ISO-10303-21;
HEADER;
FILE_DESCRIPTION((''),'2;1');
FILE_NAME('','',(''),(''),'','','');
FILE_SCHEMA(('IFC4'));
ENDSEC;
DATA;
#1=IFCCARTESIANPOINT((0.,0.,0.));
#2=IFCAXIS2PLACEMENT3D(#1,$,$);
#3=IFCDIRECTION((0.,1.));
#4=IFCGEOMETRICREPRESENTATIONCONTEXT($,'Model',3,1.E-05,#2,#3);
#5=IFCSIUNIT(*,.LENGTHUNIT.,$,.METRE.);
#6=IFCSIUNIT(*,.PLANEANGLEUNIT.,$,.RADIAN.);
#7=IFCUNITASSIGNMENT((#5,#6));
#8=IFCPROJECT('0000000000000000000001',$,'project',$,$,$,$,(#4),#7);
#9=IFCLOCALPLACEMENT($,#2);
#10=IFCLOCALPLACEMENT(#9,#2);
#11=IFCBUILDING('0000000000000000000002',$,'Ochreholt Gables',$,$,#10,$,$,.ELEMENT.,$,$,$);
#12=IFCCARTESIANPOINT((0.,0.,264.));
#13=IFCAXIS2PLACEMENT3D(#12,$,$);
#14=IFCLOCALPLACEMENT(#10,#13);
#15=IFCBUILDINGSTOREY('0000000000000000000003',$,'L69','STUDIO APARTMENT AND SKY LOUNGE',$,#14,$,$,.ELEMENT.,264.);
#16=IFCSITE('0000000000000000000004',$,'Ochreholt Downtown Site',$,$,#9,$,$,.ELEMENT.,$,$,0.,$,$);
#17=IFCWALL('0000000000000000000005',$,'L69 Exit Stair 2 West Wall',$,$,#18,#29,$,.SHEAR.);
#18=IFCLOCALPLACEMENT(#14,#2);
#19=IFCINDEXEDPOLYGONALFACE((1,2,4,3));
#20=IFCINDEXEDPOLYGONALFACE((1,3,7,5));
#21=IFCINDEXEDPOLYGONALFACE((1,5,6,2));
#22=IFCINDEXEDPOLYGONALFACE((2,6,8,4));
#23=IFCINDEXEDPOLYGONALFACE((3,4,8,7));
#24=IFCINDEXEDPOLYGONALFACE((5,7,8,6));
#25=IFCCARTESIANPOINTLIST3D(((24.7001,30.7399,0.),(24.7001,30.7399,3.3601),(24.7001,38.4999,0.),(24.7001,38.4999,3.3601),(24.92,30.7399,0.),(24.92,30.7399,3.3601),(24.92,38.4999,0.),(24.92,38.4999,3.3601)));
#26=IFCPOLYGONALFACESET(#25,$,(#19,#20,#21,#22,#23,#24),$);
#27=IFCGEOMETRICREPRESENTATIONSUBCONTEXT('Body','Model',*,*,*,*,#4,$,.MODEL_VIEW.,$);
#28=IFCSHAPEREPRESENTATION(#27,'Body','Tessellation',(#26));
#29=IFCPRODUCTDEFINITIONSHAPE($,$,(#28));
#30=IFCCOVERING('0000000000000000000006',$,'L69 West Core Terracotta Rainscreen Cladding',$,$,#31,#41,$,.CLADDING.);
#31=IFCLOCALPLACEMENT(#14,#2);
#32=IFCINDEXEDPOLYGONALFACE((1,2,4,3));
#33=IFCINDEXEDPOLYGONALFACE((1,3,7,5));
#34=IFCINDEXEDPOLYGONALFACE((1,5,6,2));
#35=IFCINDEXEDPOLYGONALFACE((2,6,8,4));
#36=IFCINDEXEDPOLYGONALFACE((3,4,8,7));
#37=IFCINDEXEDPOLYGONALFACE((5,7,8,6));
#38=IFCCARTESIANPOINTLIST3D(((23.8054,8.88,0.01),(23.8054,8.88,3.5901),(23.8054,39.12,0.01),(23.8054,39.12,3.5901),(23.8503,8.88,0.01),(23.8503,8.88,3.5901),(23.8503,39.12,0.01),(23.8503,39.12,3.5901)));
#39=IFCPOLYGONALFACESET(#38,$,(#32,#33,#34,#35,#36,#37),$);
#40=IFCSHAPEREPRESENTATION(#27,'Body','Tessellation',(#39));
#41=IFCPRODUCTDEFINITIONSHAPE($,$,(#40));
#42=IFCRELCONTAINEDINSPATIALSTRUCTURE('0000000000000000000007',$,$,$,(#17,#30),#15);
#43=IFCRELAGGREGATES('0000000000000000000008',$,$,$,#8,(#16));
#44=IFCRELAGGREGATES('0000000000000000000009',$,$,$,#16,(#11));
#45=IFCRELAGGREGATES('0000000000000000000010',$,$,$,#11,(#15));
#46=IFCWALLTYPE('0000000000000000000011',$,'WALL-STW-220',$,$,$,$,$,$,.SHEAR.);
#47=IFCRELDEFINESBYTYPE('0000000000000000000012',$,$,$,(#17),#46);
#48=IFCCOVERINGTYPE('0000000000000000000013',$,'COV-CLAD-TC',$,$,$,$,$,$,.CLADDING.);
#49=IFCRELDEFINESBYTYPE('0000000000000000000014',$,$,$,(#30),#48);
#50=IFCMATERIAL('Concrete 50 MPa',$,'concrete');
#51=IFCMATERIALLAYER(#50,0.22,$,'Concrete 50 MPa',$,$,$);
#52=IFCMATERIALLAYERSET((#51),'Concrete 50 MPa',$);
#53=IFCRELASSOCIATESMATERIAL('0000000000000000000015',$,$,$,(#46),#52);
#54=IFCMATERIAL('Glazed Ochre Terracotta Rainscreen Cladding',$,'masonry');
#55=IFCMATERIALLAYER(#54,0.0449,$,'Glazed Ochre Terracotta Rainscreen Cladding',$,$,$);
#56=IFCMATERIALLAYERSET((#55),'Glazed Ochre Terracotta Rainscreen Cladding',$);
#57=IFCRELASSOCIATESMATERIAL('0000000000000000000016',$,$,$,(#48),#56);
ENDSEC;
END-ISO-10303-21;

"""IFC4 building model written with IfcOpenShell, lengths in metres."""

from ifc_helpers import new_model, si_unit, direction, frame, frame_2d, origin, origin_2d, place, context, subcontext, project, spatial, rectangle, extrude, material, layer, layer_set, type_object, element, save


model = new_model("IFC4")

# Units and contexts
model_context = context("Model", 3, precision=1e-05, world=origin(), true_north=direction((0.0, 1.0)))
body_context = subcontext(model_context, "Body", "Model", "MODEL_VIEW")
ifc_project = project(units=[si_unit("LENGTHUNIT", "METRE"), si_unit("PLANEANGLEUNIT", "RADIAN")], contexts=[model_context])

# Site, building, storey
site_placement = place(None, origin())
site = spatial("IfcSite", under=ifc_project, at=site_placement, Name="Ochreholt Downtown Site", CompositionType="ELEMENT", RefElevation=0.0)
building_placement = place(site_placement, origin())
building = spatial("IfcBuilding", under=site, at=building_placement, Name="Ochreholt Gables", CompositionType="ELEMENT")
storey_placement = place(building_placement, frame((0.0, 0.0, 264.0)))
storey = spatial("IfcBuildingStorey", under=building, at=storey_placement, Name="L69", Description="STUDIO APARTMENT AND SKY LOUNGE", CompositionType="ELEMENT", Elevation=264.0)

# Shared definitions
ifc_material_1 = material(Name="Concrete 50 MPa", Category="concrete")

# Wall
ifc_layer_1 = layer(ifc_material_1, 0.22, Name="Concrete 50 MPa")
ifc_layer_set_1 = layer_set([ifc_layer_1], Name="Concrete 50 MPa")
wall_type_1 = type_object("IfcWallType", Name="WALL-STW-220", PredefinedType="SHEAR", material=ifc_layer_set_1)
wall_1_placement = place(storey_placement, frame((24.8101, 30.74, 0.0), z_axis=(0.0, 0.0, 1.0), x_axis=(0.0, 1.0, 0.0)))
element("IfcWall", 1, at=wall_1_placement, inside=storey, type_object=wall_type_1, Name="L69 Exit Stair 2 West Wall", PredefinedType="SHEAR", context=body_context, shape_type="SweptSolid", body=[
    extrude(rectangle(XDim=7.76, YDim=0.22, at=frame_2d((3.8799, 0.0))), origin(), (0.0, 0.0, 1.0), 3.3601),
])

# Covering
ifc_material_2 = material(Name="Glazed Ochre Terracotta Rainscreen Cladding", Category="masonry")
ifc_layer_2 = layer(ifc_material_2, 0.0449, Name="Glazed Ochre Terracotta Rainscreen Cladding")
ifc_layer_set_2 = layer_set([ifc_layer_2], Name="Glazed Ochre Terracotta Rainscreen Cladding")
covering_type = type_object("IfcCoveringType", Name="COV-CLAD-TC", PredefinedType="CLADDING", material=ifc_layer_set_2)
covering_placement = place(storey_placement, frame((23.8279, 24.0, 0.01), z_axis=(0.0, 0.0, 1.0), x_axis=(0.0, 1.0, 0.0)))
element("IfcCovering", 2, at=covering_placement, inside=storey, type_object=covering_type, Name="L69 West Core Terracotta Rainscreen Cladding", PredefinedType="CLADDING", context=body_context, shape_type="SweptSolid", body=[
    extrude(rectangle(XDim=30.24, YDim=0.0449, at=origin_2d()), origin(), (0.0, 0.0, 1.0), 3.5801),
])

save(model, "model.ifc")
